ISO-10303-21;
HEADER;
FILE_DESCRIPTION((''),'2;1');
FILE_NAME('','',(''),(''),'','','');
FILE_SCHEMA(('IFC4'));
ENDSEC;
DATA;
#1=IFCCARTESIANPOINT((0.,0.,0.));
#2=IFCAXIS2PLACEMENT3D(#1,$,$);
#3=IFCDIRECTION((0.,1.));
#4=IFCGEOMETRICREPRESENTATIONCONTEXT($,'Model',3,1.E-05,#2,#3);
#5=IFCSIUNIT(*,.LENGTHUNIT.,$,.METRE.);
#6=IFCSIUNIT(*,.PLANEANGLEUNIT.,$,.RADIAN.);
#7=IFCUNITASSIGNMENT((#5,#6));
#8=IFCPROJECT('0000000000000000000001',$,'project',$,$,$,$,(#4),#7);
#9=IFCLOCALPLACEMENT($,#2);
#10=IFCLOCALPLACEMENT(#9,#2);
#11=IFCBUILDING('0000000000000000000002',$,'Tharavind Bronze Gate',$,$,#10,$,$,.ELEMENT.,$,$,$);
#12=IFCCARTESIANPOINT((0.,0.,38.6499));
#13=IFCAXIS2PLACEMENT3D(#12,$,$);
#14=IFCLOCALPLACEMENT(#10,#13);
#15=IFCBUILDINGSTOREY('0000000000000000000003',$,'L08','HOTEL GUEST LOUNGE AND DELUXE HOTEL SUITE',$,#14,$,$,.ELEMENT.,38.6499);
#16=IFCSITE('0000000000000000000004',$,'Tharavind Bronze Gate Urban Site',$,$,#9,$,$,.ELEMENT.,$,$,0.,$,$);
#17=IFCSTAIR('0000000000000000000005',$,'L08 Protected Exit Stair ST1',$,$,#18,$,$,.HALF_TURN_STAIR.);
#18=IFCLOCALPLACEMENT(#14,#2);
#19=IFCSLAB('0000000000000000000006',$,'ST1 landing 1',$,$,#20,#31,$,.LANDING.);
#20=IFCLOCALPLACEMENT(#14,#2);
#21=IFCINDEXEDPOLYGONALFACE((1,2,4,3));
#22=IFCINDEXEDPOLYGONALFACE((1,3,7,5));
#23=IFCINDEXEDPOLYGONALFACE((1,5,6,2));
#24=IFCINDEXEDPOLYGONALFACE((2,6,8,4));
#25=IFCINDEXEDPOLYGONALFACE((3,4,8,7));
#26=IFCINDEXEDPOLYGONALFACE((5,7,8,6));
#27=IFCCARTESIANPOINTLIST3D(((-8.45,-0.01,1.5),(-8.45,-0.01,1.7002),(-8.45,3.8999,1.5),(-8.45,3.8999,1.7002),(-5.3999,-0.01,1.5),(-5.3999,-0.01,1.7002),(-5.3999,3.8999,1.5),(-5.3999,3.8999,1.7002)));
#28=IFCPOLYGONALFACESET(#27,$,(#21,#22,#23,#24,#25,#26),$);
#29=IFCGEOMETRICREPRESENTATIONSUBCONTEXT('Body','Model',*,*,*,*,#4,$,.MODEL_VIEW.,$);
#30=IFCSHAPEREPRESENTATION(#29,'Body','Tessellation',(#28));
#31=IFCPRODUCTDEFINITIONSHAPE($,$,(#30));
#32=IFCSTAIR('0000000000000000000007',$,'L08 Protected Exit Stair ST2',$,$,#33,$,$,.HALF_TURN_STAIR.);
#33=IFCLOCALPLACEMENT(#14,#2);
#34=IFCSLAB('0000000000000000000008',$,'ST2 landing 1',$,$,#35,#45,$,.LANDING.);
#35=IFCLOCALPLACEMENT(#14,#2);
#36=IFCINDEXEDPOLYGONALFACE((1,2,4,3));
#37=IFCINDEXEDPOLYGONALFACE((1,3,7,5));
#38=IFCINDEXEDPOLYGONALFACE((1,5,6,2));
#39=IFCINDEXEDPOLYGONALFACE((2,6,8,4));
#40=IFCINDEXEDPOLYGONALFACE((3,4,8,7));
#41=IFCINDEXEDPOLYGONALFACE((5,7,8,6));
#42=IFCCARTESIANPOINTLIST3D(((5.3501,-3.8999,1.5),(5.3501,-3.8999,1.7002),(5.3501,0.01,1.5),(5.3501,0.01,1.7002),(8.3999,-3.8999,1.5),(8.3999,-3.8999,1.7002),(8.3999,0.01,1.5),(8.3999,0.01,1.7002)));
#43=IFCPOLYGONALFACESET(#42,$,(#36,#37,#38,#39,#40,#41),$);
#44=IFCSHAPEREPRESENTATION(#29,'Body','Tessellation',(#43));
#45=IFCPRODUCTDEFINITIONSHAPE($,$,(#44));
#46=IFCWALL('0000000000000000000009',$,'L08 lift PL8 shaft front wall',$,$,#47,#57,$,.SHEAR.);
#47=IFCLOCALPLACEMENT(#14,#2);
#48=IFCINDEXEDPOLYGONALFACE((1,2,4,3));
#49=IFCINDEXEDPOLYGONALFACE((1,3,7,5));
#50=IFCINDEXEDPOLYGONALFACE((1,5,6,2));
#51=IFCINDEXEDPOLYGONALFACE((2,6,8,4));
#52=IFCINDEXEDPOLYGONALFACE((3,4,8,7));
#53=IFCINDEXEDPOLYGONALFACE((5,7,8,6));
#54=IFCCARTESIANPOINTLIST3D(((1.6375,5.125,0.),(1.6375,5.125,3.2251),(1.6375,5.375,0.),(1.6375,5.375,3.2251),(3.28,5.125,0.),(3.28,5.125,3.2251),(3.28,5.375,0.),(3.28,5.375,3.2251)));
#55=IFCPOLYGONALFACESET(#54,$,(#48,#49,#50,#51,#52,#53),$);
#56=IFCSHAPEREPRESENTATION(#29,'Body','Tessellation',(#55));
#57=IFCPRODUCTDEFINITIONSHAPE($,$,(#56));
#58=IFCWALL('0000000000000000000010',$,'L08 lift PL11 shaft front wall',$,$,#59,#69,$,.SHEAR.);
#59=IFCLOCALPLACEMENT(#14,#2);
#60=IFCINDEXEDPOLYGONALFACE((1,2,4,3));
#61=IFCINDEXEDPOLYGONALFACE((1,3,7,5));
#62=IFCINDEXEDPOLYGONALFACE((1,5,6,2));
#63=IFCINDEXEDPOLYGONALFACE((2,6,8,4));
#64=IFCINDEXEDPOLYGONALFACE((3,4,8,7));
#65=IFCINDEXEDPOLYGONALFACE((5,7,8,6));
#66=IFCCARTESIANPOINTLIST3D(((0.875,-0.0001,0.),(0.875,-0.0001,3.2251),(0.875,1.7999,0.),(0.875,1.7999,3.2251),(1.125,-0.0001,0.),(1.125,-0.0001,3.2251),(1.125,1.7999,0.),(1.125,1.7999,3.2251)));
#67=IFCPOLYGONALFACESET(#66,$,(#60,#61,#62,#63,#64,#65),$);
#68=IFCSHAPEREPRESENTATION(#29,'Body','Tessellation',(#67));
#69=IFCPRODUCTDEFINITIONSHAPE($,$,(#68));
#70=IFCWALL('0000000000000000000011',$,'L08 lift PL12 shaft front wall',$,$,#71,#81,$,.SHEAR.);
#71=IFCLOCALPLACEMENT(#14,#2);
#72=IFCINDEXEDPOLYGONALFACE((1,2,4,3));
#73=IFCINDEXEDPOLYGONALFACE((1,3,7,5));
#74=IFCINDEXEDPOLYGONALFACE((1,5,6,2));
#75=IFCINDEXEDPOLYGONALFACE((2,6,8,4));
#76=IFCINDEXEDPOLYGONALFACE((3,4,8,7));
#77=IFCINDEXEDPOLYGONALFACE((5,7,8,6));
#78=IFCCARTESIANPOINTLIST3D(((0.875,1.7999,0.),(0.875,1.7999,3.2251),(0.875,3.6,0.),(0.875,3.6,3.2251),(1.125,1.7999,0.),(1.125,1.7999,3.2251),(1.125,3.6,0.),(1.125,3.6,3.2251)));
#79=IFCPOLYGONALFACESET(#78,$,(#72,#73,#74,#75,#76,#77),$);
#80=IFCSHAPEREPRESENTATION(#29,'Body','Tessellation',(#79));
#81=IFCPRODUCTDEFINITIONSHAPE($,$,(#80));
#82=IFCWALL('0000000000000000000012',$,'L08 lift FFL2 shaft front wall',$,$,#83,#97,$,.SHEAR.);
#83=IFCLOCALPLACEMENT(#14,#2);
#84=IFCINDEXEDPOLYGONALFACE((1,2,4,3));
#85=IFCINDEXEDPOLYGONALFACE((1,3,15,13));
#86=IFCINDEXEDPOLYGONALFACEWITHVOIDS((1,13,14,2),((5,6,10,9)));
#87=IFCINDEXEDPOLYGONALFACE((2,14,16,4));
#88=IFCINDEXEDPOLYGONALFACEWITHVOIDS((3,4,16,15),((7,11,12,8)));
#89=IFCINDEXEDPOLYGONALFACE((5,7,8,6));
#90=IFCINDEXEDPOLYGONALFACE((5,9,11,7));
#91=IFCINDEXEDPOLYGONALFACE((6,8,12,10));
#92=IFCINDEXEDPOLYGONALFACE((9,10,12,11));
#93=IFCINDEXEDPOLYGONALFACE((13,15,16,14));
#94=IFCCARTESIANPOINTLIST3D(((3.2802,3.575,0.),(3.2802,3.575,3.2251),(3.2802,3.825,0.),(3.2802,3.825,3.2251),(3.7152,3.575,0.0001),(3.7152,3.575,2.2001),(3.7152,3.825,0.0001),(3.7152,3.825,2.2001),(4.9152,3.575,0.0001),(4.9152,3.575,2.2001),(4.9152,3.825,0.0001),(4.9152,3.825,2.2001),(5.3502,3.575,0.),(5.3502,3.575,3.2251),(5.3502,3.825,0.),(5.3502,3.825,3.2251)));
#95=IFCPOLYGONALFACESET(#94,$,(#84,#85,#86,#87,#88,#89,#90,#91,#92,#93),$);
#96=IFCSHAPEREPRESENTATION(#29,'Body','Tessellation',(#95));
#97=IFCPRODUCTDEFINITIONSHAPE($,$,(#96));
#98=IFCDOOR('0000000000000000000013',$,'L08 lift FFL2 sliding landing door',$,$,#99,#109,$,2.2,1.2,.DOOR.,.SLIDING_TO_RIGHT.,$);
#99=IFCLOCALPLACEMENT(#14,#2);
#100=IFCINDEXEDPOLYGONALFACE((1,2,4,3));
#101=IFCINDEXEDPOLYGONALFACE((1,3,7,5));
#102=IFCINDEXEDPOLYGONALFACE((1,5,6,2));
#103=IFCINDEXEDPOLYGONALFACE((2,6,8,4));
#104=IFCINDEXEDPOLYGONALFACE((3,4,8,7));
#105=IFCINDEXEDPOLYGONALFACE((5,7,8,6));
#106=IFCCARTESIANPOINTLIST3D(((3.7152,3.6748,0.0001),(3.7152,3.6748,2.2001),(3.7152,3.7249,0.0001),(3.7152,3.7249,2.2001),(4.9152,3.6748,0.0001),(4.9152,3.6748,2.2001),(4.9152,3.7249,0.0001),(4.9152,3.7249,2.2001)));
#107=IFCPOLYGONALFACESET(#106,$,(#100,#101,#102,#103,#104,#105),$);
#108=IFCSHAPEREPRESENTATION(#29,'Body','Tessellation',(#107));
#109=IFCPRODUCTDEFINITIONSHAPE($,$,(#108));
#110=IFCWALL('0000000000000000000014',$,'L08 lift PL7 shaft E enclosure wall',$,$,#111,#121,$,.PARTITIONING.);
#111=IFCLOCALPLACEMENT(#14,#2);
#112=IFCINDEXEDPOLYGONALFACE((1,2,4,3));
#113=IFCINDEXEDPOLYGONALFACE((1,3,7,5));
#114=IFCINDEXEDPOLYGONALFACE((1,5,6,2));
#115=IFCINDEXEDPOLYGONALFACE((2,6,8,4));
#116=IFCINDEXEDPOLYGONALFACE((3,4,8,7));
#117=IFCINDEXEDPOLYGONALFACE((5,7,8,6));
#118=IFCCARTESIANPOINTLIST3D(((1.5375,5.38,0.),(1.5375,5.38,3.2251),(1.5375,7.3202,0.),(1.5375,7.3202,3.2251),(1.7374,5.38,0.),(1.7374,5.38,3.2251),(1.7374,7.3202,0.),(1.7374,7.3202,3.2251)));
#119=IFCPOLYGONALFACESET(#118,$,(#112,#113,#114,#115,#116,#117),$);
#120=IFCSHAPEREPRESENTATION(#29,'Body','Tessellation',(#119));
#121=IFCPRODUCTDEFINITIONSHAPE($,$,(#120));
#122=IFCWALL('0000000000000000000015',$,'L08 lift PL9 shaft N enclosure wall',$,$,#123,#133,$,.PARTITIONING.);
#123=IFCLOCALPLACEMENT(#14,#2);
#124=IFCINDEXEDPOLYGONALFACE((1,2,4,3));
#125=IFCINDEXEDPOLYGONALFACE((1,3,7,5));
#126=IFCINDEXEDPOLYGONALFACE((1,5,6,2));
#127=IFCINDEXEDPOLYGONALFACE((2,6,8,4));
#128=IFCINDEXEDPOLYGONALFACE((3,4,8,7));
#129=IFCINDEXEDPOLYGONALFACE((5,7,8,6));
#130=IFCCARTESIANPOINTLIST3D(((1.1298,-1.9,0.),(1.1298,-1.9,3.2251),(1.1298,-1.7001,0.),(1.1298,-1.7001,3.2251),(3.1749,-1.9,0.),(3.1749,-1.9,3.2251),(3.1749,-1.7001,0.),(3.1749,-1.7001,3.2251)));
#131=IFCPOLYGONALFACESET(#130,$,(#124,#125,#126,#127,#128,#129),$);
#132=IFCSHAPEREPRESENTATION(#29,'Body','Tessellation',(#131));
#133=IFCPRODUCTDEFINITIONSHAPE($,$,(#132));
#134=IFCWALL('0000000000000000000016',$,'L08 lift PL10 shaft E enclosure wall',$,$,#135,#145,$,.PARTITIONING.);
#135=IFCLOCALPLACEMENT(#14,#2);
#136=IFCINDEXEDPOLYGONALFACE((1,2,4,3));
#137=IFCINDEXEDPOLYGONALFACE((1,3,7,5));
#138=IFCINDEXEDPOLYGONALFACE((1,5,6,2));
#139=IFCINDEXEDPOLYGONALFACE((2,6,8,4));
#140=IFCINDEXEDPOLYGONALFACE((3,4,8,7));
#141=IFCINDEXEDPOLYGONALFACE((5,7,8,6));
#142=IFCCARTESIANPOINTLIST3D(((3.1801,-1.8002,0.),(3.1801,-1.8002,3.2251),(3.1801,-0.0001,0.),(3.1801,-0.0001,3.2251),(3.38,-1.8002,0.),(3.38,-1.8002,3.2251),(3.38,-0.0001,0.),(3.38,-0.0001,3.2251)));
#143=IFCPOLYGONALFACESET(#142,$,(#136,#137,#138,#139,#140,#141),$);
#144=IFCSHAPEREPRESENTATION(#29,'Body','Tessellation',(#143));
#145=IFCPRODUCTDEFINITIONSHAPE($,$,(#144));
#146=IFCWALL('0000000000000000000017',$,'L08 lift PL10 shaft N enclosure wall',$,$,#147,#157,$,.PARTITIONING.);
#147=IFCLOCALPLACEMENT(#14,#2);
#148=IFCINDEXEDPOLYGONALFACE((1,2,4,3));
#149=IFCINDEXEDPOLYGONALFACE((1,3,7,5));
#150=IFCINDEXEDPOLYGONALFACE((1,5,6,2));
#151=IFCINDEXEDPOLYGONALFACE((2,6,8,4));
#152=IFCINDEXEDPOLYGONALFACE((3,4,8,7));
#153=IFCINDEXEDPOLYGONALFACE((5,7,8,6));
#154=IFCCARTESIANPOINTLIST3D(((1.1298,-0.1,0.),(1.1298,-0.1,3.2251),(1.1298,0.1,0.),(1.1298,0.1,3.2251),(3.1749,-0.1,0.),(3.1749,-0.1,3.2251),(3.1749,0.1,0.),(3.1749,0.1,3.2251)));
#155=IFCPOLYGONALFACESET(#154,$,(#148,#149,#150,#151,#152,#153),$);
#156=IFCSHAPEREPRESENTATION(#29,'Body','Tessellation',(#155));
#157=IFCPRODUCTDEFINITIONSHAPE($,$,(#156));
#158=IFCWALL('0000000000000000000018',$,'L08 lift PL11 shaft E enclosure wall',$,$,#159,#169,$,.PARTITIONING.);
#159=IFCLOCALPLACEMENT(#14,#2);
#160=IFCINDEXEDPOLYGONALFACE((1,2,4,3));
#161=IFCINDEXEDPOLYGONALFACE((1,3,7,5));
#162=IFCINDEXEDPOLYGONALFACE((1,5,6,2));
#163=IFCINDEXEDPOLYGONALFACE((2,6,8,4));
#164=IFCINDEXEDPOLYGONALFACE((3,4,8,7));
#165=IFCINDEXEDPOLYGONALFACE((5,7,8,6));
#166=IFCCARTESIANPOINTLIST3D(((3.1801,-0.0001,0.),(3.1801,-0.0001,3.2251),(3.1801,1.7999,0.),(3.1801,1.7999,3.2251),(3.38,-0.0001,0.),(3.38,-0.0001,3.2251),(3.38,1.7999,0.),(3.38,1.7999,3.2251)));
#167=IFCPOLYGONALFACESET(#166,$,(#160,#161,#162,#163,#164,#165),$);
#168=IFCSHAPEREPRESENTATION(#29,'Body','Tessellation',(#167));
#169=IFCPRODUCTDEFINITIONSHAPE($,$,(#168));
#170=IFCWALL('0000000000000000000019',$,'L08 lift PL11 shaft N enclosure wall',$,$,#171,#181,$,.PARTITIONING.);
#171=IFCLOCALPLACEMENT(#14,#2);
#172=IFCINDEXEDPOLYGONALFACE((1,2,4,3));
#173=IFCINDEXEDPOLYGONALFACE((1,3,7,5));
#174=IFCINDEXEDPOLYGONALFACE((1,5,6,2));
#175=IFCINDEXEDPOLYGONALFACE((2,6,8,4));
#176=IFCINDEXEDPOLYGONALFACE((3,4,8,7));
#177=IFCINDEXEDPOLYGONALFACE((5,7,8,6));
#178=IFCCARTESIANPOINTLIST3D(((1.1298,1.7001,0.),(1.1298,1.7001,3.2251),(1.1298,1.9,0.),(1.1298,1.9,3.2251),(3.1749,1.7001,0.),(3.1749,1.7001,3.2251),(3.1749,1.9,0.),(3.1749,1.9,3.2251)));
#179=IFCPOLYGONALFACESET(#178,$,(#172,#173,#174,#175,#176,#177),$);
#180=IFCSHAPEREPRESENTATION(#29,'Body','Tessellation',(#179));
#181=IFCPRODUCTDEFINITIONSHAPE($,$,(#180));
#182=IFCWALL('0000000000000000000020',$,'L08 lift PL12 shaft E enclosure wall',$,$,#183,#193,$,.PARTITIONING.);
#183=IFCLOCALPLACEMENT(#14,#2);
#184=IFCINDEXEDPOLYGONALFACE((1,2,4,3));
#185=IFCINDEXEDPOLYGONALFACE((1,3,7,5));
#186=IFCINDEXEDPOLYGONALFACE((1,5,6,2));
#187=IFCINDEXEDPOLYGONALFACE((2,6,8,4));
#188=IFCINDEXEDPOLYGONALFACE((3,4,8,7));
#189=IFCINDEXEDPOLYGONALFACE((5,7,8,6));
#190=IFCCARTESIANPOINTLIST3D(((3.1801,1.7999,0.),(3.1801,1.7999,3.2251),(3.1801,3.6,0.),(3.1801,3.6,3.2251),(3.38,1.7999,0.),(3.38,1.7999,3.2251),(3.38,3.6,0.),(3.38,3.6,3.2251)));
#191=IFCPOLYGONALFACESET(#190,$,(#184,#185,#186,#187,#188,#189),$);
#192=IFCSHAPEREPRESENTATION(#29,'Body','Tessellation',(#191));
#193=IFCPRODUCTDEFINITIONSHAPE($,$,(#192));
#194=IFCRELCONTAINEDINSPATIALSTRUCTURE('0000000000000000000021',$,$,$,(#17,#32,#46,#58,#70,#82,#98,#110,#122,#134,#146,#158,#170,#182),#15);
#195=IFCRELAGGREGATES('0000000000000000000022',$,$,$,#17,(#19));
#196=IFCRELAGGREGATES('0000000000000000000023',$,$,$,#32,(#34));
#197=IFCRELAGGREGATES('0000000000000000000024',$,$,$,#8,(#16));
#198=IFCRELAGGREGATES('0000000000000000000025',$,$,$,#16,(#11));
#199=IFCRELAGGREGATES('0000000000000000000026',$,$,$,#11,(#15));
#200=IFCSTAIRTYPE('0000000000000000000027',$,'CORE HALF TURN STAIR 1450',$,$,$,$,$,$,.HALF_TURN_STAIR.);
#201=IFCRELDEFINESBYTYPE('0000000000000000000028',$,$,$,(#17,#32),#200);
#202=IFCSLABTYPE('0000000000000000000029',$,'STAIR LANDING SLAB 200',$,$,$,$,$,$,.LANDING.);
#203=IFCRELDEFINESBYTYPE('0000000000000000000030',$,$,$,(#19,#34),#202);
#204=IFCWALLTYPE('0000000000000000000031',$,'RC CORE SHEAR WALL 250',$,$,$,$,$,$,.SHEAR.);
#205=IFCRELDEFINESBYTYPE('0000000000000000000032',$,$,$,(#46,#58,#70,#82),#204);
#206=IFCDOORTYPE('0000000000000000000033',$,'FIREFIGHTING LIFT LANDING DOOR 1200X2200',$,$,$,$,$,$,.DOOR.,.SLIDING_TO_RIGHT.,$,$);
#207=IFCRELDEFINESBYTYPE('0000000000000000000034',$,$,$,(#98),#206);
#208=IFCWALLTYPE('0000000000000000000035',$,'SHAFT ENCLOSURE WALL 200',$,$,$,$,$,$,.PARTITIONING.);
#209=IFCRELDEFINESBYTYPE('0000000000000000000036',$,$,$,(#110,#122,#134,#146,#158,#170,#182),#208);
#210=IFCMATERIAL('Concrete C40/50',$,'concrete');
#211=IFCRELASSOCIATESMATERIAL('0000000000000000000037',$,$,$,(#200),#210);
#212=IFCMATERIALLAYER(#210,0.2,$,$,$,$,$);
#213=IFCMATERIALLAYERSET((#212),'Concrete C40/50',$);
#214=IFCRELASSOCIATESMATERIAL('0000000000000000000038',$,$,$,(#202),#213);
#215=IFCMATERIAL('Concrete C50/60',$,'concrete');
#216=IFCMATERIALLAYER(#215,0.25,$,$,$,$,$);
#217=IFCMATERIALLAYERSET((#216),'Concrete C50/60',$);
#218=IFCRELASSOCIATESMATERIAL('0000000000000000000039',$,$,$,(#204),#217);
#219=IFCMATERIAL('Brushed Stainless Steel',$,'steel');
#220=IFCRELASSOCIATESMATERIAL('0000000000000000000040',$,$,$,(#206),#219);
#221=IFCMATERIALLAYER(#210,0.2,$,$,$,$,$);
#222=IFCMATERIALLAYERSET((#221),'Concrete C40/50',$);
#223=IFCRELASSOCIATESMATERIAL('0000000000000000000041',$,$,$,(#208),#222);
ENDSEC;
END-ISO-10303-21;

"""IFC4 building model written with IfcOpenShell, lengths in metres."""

from ifc_helpers import new_model, si_unit, direction, frame, frame_2d, origin, place, context, subcontext, project, spatial, polyline, rectangle, outline, extrude, material, layer, layer_set, type_object, element, fill, aggregate, save


model = new_model("IFC4")

# Units and contexts
model_context = context("Model", 3, precision=1e-05, world=origin(), true_north=direction((0.0, 1.0)))
body_context = subcontext(model_context, "Body", "Model", "MODEL_VIEW")
ifc_project = project(units=[si_unit("LENGTHUNIT", "METRE"), si_unit("PLANEANGLEUNIT", "RADIAN")], contexts=[model_context])

# Site, building, storey
site_placement = place(None, origin())
site = spatial("IfcSite", under=ifc_project, at=site_placement, Name="Tharavind Bronze Gate Urban Site", CompositionType="ELEMENT", RefElevation=0.0)
building_placement = place(site_placement, origin())
building = spatial("IfcBuilding", under=site, at=building_placement, Name="Tharavind Bronze Gate", CompositionType="ELEMENT")
storey_placement = place(building_placement, frame((0.0, 0.0, 38.6499)))
storey = spatial("IfcBuildingStorey", under=building, at=storey_placement, Name="L08", Description="HOTEL GUEST LOUNGE AND DELUXE HOTEL SUITE", CompositionType="ELEMENT", Elevation=38.6499)

# Stairs, slabs
ifc_material_1 = material(Name="Concrete C40/50", Category="concrete")
stair_type = type_object("IfcStairType", Name="CORE HALF TURN STAIR 1450", PredefinedType="HALF_TURN_STAIR", material=ifc_material_1)
stair_1_placement = place(storey_placement, origin())
stair_1 = element("IfcStair", 1, at=stair_1_placement, inside=storey, type_object=stair_type, Name="L08 Protected Exit Stair ST1", PredefinedType="HALF_TURN_STAIR")
ifc_layer_1 = layer(ifc_material_1, 0.2)
ifc_layer_set_1 = layer_set([ifc_layer_1], Name="Concrete C40/50")
slab_type = type_object("IfcSlabType", Name="STAIR LANDING SLAB 200", PredefinedType="LANDING", material=ifc_layer_set_1)
slab_1_placement = place(storey_placement, frame((0.0, 0.0, 1.5)))
slab_1 = element("IfcSlab", 2, at=slab_1_placement, type_object=slab_type, Name="ST1 landing 1", PredefinedType="LANDING", context=body_context, shape_type="SweptSolid", body=[
    extrude(outline(polyline([(-5.3999, -0.01), (-5.3999, 3.8999), (-8.45, 3.8999), (-8.45, -0.01), (-5.3999, -0.01)])), origin(), (0.0, 0.0, 1.0), 0.2002),
])
aggregate(stair_1, [slab_1])
stair_2_placement = place(storey_placement, origin())
stair_2 = element("IfcStair", 3, at=stair_2_placement, inside=storey, type_object=stair_type, Name="L08 Protected Exit Stair ST2", PredefinedType="HALF_TURN_STAIR")
slab_2_placement = place(storey_placement, frame((0.0, 0.0, 1.5)))
slab_2 = element("IfcSlab", 4, at=slab_2_placement, type_object=slab_type, Name="ST2 landing 1", PredefinedType="LANDING", context=body_context, shape_type="SweptSolid", body=[
    extrude(outline(polyline([(5.3501, 0.01), (5.3501, -3.8999), (8.3999, -3.8999), (8.3999, 0.01), (5.3501, 0.01)])), origin(), (0.0, 0.0, 1.0), 0.2002),
])
aggregate(stair_2, [slab_2])

# Walls
ifc_material_2 = material(Name="Concrete C50/60", Category="concrete")
ifc_layer_2 = layer(ifc_material_2, 0.25)
ifc_layer_set_2 = layer_set([ifc_layer_2], Name="Concrete C50/60")
wall_type_1 = type_object("IfcWallType", Name="RC CORE SHEAR WALL 250", PredefinedType="SHEAR", material=ifc_layer_set_2)
wall_1_placement = place(storey_placement, frame((1.6375, 5.25, 0.0), z_axis=(0.0, 0.0, 1.0), x_axis=(1.0, 0.0, 0.0)))
element("IfcWall", 5, at=wall_1_placement, inside=storey, type_object=wall_type_1, Name="L08 lift PL8 shaft front wall", PredefinedType="SHEAR", context=body_context, shape_type="SweptSolid", body=[
    extrude(rectangle(XDim=1.6426, YDim=0.25, at=frame_2d((0.8213, 0.0))), origin(), (0.0, 0.0, 1.0), 3.2251),
])
for number, where, z_axis, x_axis, name in (
    (6, (1.0, 0.0, 0.0), (0.0, 0.0, 1.0), (0.0, 1.0, 0.0), "L08 lift PL11 shaft front wall"),
    (7, (1.0, 1.8, 0.0), (0.0, 0.0, 1.0), (0.0, 1.0, 0.0), "L08 lift PL12 shaft front wall"),
):
    element("IfcWall", number, at=place(storey_placement, frame(where, z_axis=z_axis, x_axis=x_axis)), inside=storey, type_object=wall_type_1, Name=name, PredefinedType="SHEAR", context=body_context, shape_type="SweptSolid", body=[
        extrude(rectangle(XDim=1.8, YDim=0.25, at=frame_2d((0.8999, 0.0))), origin(), (0.0, 0.0, 1.0), 3.2251),
    ])

# Wall, opening, door
wall_2_placement = place(storey_placement, frame((3.28, 3.7, 0.0), z_axis=(0.0, 0.0, 1.0), x_axis=(1.0, 0.0, 0.0)))
wall_2 = element("IfcWall", 8, at=wall_2_placement, inside=storey, type_object=wall_type_1, Name="L08 lift FFL2 shaft front wall", PredefinedType="SHEAR", context=body_context, shape_type="SweptSolid", body=[
    extrude(rectangle(XDim=2.0701, YDim=0.25, at=frame_2d((1.0352, 0.0))), origin(), (0.0, 0.0, 1.0), 3.2251),
])
opening_placement = place(wall_2_placement, frame((0.4351, 0.0, 0.0)))
opening = element("IfcOpeningElement", 9, at=opening_placement, cuts=wall_2, PredefinedType="OPENING", context=body_context, shape_type="SweptSolid", body=[
    extrude(rectangle(XDim=1.2, YDim=2.2, at=frame_2d((0.6001, 1.1001))), frame((0.0, 0.135, 0.0), z_axis=(0.0, -1.0, 0.0), x_axis=(1.0, 0.0, 0.0)), (0.0, 0.0, 1.0), 0.27),
])
ifc_material_3 = material(Name="Brushed Stainless Steel", Category="steel")
door_type = type_object("IfcDoorType", Name="FIREFIGHTING LIFT LANDING DOOR 1200X2200", OperationType="SLIDING_TO_RIGHT", PredefinedType="DOOR", material=ifc_material_3)
door_placement = place(opening_placement, origin())
door = element("IfcDoor", 10, at=door_placement, inside=storey, type_object=door_type, Name="L08 lift FFL2 sliding landing door", OperationType="SLIDING_TO_RIGHT", OverallHeight=2.2, OverallWidth=1.2, PredefinedType="DOOR", context=body_context, shape_type="SweptSolid", body=[
    extrude(rectangle(XDim=1.2, YDim=2.2, at=frame_2d((0.6001, 1.1001))), frame((0.0, 0.0249, 0.0), z_axis=(0.0, -1.0, 0.0), x_axis=(1.0, 0.0, 0.0)), (0.0, 0.0, 1.0), 0.05),
])
fill(opening, door)

# Walls
ifc_layer_3 = layer(ifc_material_1, 0.2)
ifc_layer_set_3 = layer_set([ifc_layer_3], Name="Concrete C40/50")
wall_type_2 = type_object("IfcWallType", Name="SHAFT ENCLOSURE WALL 200", PredefinedType="PARTITIONING", material=ifc_layer_set_3)
wall_3_placement = place(storey_placement, frame((1.6375, 5.3799, 0.0), z_axis=(0.0, 0.0, 1.0), x_axis=(0.0, 1.0, 0.0)))
element("IfcWall", 11, at=wall_3_placement, inside=storey, type_object=wall_type_2, Name="L08 lift PL7 shaft E enclosure wall", PredefinedType="PARTITIONING", context=body_context, shape_type="SweptSolid", body=[
    extrude(rectangle(XDim=1.9402, YDim=0.2, at=frame_2d((0.9702, 0.0))), origin(), (0.0, 0.0, 1.0), 3.2251),
])
wall_4_placement = place(storey_placement, frame((1.1299, -1.8, 0.0), z_axis=(0.0, 0.0, 1.0), x_axis=(1.0, 0.0, 0.0)))
element("IfcWall", 12, at=wall_4_placement, inside=storey, type_object=wall_type_2, Name="L08 lift PL9 shaft N enclosure wall", PredefinedType="PARTITIONING", context=body_context, shape_type="SweptSolid", body=[
    extrude(rectangle(XDim=2.0452, YDim=0.2, at=frame_2d((1.0225, 0.0))), origin(), (0.0, 0.0, 1.0), 3.2251),
])
wall_5_placement = place(storey_placement, frame((3.28, -1.8, 0.0), z_axis=(0.0, 0.0, 1.0), x_axis=(0.0, 1.0, 0.0)))
element("IfcWall", 13, at=wall_5_placement, inside=storey, type_object=wall_type_2, Name="L08 lift PL10 shaft E enclosure wall", PredefinedType="PARTITIONING", context=body_context, shape_type="SweptSolid", body=[
    extrude(rectangle(XDim=1.8, YDim=0.2, at=frame_2d((0.8999, 0.0))), origin(), (0.0, 0.0, 1.0), 3.2251),
])
wall_6_placement = place(storey_placement, frame((1.1299, 0.0, 0.0), z_axis=(0.0, 0.0, 1.0), x_axis=(1.0, 0.0, 0.0)))
element("IfcWall", 14, at=wall_6_placement, inside=storey, type_object=wall_type_2, Name="L08 lift PL10 shaft N enclosure wall", PredefinedType="PARTITIONING", context=body_context, shape_type="SweptSolid", body=[
    extrude(rectangle(XDim=2.0452, YDim=0.2, at=frame_2d((1.0225, 0.0))), origin(), (0.0, 0.0, 1.0), 3.2251),
])
wall_7_placement = place(storey_placement, frame((3.28, 0.0, 0.0), z_axis=(0.0, 0.0, 1.0), x_axis=(0.0, 1.0, 0.0)))
element("IfcWall", 15, at=wall_7_placement, inside=storey, type_object=wall_type_2, Name="L08 lift PL11 shaft E enclosure wall", PredefinedType="PARTITIONING", context=body_context, shape_type="SweptSolid", body=[
    extrude(rectangle(XDim=1.8, YDim=0.2, at=frame_2d((0.8999, 0.0))), origin(), (0.0, 0.0, 1.0), 3.2251),
])
wall_8_placement = place(storey_placement, frame((1.1299, 1.8, 0.0), z_axis=(0.0, 0.0, 1.0), x_axis=(1.0, 0.0, 0.0)))
element("IfcWall", 16, at=wall_8_placement, inside=storey, type_object=wall_type_2, Name="L08 lift PL11 shaft N enclosure wall", PredefinedType="PARTITIONING", context=body_context, shape_type="SweptSolid", body=[
    extrude(rectangle(XDim=2.0452, YDim=0.2, at=frame_2d((1.0225, 0.0))), origin(), (0.0, 0.0, 1.0), 3.2251),
])
wall_9_placement = place(storey_placement, frame((3.28, 1.8, 0.0), z_axis=(0.0, 0.0, 1.0), x_axis=(0.0, 1.0, 0.0)))
element("IfcWall", 17, at=wall_9_placement, inside=storey, type_object=wall_type_2, Name="L08 lift PL12 shaft E enclosure wall", PredefinedType="PARTITIONING", context=body_context, shape_type="SweptSolid", body=[
    extrude(rectangle(XDim=1.8, YDim=0.2, at=frame_2d((0.8999, 0.0))), origin(), (0.0, 0.0, 1.0), 3.2251),
])

save(model, "model.ifc")
